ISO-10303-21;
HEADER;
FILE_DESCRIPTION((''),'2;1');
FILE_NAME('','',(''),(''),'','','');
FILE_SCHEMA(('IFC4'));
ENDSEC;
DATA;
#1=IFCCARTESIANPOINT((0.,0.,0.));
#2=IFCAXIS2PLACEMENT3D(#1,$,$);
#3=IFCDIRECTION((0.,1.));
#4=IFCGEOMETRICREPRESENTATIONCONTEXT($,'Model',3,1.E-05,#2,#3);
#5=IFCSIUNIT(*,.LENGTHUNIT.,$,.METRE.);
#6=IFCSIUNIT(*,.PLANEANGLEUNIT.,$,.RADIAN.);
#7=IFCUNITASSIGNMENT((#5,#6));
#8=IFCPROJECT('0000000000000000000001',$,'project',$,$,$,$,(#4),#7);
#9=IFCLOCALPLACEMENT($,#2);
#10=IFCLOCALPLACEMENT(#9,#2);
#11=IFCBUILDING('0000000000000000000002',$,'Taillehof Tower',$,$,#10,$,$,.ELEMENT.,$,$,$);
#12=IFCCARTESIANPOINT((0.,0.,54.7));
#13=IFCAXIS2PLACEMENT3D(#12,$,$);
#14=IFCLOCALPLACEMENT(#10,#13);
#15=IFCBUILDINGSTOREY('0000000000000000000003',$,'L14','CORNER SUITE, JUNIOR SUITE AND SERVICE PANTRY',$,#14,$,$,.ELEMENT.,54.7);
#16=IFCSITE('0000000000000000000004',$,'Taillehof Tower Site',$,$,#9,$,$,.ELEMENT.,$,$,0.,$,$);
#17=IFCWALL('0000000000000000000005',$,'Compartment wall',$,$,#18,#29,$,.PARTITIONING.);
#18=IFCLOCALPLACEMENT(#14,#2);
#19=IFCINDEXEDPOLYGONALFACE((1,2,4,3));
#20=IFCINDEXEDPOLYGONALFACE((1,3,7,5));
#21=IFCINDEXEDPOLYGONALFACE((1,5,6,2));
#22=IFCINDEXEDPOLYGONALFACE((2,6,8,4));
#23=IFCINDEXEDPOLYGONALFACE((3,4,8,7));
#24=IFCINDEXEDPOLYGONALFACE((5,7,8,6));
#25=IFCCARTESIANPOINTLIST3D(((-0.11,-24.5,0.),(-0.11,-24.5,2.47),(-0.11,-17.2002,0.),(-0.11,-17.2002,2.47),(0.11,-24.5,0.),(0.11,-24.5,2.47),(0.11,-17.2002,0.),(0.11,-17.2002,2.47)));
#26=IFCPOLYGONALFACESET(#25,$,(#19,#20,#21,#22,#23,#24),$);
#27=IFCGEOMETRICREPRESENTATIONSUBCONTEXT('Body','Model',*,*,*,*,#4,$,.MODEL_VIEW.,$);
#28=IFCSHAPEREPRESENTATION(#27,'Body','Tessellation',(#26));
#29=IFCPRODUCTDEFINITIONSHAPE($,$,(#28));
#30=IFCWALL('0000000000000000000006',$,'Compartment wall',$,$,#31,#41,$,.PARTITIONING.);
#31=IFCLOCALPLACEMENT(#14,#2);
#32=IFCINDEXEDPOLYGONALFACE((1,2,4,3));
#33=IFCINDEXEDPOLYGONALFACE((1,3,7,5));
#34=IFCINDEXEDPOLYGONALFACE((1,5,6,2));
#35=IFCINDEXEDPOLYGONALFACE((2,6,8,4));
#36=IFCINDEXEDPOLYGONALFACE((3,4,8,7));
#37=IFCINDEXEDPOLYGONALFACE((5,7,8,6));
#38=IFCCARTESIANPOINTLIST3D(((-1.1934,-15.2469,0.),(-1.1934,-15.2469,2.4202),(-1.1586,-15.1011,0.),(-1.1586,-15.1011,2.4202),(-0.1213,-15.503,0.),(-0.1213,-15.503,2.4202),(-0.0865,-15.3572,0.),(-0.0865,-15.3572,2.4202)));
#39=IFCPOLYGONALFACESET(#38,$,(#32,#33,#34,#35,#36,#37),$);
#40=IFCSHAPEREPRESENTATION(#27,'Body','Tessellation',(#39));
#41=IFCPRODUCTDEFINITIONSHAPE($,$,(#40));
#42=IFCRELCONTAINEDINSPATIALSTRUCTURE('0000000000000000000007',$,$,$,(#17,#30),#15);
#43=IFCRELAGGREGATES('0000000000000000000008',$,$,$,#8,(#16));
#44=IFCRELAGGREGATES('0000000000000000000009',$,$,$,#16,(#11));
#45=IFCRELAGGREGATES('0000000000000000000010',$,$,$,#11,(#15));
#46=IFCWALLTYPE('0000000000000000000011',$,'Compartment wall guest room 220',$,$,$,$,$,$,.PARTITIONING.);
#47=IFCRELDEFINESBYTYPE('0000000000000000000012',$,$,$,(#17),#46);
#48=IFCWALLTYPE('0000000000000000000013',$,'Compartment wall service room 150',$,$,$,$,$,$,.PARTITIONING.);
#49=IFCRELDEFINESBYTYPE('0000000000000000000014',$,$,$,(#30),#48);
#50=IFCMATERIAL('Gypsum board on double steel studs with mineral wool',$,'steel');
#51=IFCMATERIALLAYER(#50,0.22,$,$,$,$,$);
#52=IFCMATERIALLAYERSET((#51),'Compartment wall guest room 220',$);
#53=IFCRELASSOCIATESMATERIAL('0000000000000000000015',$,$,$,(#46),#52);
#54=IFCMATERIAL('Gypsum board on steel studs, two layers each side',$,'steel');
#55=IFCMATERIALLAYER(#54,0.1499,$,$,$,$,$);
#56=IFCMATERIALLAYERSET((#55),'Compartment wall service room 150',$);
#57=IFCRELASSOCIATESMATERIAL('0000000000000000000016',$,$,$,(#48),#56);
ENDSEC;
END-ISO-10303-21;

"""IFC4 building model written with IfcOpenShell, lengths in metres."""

from ifc_helpers import new_model, si_unit, direction, frame, frame_2d, origin, place, context, subcontext, project, spatial, rectangle, extrude, material, layer, layer_set, type_object, element, save


model = new_model("IFC4")

# Units and contexts
model_context = context("Model", 3, precision=1e-05, world=origin(), true_north=direction((0.0, 1.0)))
body_context = subcontext(model_context, "Body", "Model", "MODEL_VIEW")
ifc_project = project(units=[si_unit("LENGTHUNIT", "METRE"), si_unit("PLANEANGLEUNIT", "RADIAN")], contexts=[model_context])

# Site, building, storey
site_placement = place(None, origin())
site = spatial("IfcSite", under=ifc_project, at=site_placement, Name="Taillehof Tower Site", CompositionType="ELEMENT", RefElevation=0.0)
building_placement = place(site_placement, origin())
building = spatial("IfcBuilding", under=site, at=building_placement, Name="Taillehof Tower", CompositionType="ELEMENT")
storey_placement = place(building_placement, frame((0.0, 0.0, 54.7)))
storey = spatial("IfcBuildingStorey", under=building, at=storey_placement, Name="L14", Description="CORNER SUITE, JUNIOR SUITE AND SERVICE PANTRY", CompositionType="ELEMENT", Elevation=54.7)

# Walls
ifc_material_1 = material(Name="Gypsum board on double steel studs with mineral wool", Category="steel")
ifc_layer_1 = layer(ifc_material_1, 0.22)
ifc_layer_set_1 = layer_set([ifc_layer_1], Name="Compartment wall guest room 220")
wall_type_1 = type_object("IfcWallType", Name="Compartment wall guest room 220", PredefinedType="PARTITIONING", material=ifc_layer_set_1)
wall_1_placement = place(storey_placement, frame((0.0, -24.5, 0.0), z_axis=(0.0, 0.0, 1.0), x_axis=(0.0, 1.0, 0.0)))
element("IfcWall", 1, at=wall_1_placement, inside=storey, type_object=wall_type_1, Name="Compartment wall", PredefinedType="PARTITIONING", context=body_context, shape_type="SweptSolid", body=[
    extrude(rectangle(XDim=7.2998, YDim=0.22, at=frame_2d((3.6499, 0.0))), origin(), (0.0, 0.0, 1.0), 2.47),
])
ifc_material_2 = material(Name="Gypsum board on steel studs, two layers each side", Category="steel")
ifc_layer_2 = layer(ifc_material_2, 0.1499)
ifc_layer_set_2 = layer_set([ifc_layer_2], Name="Compartment wall service room 150")
wall_type_2 = type_object("IfcWallType", Name="Compartment wall service room 150", PredefinedType="PARTITIONING", material=ifc_layer_set_2)
wall_2_placement = place(storey_placement, frame((-0.1038, -15.4302, 0.0), z_axis=(0.0, 0.0, 1.0), x_axis=(-0.97263, 0.232359, 0.0)))
element("IfcWall", 2, at=wall_2_placement, inside=storey, type_object=wall_type_2, Name="Compartment wall", PredefinedType="PARTITIONING", context=body_context, shape_type="SweptSolid", body=[
    extrude(rectangle(XDim=1.1023, YDim=0.1499, at=frame_2d((0.5513, 0.0))), origin(), (0.0, 0.0, 1.0), 2.4202),
])

save(model, "model.ifc")
